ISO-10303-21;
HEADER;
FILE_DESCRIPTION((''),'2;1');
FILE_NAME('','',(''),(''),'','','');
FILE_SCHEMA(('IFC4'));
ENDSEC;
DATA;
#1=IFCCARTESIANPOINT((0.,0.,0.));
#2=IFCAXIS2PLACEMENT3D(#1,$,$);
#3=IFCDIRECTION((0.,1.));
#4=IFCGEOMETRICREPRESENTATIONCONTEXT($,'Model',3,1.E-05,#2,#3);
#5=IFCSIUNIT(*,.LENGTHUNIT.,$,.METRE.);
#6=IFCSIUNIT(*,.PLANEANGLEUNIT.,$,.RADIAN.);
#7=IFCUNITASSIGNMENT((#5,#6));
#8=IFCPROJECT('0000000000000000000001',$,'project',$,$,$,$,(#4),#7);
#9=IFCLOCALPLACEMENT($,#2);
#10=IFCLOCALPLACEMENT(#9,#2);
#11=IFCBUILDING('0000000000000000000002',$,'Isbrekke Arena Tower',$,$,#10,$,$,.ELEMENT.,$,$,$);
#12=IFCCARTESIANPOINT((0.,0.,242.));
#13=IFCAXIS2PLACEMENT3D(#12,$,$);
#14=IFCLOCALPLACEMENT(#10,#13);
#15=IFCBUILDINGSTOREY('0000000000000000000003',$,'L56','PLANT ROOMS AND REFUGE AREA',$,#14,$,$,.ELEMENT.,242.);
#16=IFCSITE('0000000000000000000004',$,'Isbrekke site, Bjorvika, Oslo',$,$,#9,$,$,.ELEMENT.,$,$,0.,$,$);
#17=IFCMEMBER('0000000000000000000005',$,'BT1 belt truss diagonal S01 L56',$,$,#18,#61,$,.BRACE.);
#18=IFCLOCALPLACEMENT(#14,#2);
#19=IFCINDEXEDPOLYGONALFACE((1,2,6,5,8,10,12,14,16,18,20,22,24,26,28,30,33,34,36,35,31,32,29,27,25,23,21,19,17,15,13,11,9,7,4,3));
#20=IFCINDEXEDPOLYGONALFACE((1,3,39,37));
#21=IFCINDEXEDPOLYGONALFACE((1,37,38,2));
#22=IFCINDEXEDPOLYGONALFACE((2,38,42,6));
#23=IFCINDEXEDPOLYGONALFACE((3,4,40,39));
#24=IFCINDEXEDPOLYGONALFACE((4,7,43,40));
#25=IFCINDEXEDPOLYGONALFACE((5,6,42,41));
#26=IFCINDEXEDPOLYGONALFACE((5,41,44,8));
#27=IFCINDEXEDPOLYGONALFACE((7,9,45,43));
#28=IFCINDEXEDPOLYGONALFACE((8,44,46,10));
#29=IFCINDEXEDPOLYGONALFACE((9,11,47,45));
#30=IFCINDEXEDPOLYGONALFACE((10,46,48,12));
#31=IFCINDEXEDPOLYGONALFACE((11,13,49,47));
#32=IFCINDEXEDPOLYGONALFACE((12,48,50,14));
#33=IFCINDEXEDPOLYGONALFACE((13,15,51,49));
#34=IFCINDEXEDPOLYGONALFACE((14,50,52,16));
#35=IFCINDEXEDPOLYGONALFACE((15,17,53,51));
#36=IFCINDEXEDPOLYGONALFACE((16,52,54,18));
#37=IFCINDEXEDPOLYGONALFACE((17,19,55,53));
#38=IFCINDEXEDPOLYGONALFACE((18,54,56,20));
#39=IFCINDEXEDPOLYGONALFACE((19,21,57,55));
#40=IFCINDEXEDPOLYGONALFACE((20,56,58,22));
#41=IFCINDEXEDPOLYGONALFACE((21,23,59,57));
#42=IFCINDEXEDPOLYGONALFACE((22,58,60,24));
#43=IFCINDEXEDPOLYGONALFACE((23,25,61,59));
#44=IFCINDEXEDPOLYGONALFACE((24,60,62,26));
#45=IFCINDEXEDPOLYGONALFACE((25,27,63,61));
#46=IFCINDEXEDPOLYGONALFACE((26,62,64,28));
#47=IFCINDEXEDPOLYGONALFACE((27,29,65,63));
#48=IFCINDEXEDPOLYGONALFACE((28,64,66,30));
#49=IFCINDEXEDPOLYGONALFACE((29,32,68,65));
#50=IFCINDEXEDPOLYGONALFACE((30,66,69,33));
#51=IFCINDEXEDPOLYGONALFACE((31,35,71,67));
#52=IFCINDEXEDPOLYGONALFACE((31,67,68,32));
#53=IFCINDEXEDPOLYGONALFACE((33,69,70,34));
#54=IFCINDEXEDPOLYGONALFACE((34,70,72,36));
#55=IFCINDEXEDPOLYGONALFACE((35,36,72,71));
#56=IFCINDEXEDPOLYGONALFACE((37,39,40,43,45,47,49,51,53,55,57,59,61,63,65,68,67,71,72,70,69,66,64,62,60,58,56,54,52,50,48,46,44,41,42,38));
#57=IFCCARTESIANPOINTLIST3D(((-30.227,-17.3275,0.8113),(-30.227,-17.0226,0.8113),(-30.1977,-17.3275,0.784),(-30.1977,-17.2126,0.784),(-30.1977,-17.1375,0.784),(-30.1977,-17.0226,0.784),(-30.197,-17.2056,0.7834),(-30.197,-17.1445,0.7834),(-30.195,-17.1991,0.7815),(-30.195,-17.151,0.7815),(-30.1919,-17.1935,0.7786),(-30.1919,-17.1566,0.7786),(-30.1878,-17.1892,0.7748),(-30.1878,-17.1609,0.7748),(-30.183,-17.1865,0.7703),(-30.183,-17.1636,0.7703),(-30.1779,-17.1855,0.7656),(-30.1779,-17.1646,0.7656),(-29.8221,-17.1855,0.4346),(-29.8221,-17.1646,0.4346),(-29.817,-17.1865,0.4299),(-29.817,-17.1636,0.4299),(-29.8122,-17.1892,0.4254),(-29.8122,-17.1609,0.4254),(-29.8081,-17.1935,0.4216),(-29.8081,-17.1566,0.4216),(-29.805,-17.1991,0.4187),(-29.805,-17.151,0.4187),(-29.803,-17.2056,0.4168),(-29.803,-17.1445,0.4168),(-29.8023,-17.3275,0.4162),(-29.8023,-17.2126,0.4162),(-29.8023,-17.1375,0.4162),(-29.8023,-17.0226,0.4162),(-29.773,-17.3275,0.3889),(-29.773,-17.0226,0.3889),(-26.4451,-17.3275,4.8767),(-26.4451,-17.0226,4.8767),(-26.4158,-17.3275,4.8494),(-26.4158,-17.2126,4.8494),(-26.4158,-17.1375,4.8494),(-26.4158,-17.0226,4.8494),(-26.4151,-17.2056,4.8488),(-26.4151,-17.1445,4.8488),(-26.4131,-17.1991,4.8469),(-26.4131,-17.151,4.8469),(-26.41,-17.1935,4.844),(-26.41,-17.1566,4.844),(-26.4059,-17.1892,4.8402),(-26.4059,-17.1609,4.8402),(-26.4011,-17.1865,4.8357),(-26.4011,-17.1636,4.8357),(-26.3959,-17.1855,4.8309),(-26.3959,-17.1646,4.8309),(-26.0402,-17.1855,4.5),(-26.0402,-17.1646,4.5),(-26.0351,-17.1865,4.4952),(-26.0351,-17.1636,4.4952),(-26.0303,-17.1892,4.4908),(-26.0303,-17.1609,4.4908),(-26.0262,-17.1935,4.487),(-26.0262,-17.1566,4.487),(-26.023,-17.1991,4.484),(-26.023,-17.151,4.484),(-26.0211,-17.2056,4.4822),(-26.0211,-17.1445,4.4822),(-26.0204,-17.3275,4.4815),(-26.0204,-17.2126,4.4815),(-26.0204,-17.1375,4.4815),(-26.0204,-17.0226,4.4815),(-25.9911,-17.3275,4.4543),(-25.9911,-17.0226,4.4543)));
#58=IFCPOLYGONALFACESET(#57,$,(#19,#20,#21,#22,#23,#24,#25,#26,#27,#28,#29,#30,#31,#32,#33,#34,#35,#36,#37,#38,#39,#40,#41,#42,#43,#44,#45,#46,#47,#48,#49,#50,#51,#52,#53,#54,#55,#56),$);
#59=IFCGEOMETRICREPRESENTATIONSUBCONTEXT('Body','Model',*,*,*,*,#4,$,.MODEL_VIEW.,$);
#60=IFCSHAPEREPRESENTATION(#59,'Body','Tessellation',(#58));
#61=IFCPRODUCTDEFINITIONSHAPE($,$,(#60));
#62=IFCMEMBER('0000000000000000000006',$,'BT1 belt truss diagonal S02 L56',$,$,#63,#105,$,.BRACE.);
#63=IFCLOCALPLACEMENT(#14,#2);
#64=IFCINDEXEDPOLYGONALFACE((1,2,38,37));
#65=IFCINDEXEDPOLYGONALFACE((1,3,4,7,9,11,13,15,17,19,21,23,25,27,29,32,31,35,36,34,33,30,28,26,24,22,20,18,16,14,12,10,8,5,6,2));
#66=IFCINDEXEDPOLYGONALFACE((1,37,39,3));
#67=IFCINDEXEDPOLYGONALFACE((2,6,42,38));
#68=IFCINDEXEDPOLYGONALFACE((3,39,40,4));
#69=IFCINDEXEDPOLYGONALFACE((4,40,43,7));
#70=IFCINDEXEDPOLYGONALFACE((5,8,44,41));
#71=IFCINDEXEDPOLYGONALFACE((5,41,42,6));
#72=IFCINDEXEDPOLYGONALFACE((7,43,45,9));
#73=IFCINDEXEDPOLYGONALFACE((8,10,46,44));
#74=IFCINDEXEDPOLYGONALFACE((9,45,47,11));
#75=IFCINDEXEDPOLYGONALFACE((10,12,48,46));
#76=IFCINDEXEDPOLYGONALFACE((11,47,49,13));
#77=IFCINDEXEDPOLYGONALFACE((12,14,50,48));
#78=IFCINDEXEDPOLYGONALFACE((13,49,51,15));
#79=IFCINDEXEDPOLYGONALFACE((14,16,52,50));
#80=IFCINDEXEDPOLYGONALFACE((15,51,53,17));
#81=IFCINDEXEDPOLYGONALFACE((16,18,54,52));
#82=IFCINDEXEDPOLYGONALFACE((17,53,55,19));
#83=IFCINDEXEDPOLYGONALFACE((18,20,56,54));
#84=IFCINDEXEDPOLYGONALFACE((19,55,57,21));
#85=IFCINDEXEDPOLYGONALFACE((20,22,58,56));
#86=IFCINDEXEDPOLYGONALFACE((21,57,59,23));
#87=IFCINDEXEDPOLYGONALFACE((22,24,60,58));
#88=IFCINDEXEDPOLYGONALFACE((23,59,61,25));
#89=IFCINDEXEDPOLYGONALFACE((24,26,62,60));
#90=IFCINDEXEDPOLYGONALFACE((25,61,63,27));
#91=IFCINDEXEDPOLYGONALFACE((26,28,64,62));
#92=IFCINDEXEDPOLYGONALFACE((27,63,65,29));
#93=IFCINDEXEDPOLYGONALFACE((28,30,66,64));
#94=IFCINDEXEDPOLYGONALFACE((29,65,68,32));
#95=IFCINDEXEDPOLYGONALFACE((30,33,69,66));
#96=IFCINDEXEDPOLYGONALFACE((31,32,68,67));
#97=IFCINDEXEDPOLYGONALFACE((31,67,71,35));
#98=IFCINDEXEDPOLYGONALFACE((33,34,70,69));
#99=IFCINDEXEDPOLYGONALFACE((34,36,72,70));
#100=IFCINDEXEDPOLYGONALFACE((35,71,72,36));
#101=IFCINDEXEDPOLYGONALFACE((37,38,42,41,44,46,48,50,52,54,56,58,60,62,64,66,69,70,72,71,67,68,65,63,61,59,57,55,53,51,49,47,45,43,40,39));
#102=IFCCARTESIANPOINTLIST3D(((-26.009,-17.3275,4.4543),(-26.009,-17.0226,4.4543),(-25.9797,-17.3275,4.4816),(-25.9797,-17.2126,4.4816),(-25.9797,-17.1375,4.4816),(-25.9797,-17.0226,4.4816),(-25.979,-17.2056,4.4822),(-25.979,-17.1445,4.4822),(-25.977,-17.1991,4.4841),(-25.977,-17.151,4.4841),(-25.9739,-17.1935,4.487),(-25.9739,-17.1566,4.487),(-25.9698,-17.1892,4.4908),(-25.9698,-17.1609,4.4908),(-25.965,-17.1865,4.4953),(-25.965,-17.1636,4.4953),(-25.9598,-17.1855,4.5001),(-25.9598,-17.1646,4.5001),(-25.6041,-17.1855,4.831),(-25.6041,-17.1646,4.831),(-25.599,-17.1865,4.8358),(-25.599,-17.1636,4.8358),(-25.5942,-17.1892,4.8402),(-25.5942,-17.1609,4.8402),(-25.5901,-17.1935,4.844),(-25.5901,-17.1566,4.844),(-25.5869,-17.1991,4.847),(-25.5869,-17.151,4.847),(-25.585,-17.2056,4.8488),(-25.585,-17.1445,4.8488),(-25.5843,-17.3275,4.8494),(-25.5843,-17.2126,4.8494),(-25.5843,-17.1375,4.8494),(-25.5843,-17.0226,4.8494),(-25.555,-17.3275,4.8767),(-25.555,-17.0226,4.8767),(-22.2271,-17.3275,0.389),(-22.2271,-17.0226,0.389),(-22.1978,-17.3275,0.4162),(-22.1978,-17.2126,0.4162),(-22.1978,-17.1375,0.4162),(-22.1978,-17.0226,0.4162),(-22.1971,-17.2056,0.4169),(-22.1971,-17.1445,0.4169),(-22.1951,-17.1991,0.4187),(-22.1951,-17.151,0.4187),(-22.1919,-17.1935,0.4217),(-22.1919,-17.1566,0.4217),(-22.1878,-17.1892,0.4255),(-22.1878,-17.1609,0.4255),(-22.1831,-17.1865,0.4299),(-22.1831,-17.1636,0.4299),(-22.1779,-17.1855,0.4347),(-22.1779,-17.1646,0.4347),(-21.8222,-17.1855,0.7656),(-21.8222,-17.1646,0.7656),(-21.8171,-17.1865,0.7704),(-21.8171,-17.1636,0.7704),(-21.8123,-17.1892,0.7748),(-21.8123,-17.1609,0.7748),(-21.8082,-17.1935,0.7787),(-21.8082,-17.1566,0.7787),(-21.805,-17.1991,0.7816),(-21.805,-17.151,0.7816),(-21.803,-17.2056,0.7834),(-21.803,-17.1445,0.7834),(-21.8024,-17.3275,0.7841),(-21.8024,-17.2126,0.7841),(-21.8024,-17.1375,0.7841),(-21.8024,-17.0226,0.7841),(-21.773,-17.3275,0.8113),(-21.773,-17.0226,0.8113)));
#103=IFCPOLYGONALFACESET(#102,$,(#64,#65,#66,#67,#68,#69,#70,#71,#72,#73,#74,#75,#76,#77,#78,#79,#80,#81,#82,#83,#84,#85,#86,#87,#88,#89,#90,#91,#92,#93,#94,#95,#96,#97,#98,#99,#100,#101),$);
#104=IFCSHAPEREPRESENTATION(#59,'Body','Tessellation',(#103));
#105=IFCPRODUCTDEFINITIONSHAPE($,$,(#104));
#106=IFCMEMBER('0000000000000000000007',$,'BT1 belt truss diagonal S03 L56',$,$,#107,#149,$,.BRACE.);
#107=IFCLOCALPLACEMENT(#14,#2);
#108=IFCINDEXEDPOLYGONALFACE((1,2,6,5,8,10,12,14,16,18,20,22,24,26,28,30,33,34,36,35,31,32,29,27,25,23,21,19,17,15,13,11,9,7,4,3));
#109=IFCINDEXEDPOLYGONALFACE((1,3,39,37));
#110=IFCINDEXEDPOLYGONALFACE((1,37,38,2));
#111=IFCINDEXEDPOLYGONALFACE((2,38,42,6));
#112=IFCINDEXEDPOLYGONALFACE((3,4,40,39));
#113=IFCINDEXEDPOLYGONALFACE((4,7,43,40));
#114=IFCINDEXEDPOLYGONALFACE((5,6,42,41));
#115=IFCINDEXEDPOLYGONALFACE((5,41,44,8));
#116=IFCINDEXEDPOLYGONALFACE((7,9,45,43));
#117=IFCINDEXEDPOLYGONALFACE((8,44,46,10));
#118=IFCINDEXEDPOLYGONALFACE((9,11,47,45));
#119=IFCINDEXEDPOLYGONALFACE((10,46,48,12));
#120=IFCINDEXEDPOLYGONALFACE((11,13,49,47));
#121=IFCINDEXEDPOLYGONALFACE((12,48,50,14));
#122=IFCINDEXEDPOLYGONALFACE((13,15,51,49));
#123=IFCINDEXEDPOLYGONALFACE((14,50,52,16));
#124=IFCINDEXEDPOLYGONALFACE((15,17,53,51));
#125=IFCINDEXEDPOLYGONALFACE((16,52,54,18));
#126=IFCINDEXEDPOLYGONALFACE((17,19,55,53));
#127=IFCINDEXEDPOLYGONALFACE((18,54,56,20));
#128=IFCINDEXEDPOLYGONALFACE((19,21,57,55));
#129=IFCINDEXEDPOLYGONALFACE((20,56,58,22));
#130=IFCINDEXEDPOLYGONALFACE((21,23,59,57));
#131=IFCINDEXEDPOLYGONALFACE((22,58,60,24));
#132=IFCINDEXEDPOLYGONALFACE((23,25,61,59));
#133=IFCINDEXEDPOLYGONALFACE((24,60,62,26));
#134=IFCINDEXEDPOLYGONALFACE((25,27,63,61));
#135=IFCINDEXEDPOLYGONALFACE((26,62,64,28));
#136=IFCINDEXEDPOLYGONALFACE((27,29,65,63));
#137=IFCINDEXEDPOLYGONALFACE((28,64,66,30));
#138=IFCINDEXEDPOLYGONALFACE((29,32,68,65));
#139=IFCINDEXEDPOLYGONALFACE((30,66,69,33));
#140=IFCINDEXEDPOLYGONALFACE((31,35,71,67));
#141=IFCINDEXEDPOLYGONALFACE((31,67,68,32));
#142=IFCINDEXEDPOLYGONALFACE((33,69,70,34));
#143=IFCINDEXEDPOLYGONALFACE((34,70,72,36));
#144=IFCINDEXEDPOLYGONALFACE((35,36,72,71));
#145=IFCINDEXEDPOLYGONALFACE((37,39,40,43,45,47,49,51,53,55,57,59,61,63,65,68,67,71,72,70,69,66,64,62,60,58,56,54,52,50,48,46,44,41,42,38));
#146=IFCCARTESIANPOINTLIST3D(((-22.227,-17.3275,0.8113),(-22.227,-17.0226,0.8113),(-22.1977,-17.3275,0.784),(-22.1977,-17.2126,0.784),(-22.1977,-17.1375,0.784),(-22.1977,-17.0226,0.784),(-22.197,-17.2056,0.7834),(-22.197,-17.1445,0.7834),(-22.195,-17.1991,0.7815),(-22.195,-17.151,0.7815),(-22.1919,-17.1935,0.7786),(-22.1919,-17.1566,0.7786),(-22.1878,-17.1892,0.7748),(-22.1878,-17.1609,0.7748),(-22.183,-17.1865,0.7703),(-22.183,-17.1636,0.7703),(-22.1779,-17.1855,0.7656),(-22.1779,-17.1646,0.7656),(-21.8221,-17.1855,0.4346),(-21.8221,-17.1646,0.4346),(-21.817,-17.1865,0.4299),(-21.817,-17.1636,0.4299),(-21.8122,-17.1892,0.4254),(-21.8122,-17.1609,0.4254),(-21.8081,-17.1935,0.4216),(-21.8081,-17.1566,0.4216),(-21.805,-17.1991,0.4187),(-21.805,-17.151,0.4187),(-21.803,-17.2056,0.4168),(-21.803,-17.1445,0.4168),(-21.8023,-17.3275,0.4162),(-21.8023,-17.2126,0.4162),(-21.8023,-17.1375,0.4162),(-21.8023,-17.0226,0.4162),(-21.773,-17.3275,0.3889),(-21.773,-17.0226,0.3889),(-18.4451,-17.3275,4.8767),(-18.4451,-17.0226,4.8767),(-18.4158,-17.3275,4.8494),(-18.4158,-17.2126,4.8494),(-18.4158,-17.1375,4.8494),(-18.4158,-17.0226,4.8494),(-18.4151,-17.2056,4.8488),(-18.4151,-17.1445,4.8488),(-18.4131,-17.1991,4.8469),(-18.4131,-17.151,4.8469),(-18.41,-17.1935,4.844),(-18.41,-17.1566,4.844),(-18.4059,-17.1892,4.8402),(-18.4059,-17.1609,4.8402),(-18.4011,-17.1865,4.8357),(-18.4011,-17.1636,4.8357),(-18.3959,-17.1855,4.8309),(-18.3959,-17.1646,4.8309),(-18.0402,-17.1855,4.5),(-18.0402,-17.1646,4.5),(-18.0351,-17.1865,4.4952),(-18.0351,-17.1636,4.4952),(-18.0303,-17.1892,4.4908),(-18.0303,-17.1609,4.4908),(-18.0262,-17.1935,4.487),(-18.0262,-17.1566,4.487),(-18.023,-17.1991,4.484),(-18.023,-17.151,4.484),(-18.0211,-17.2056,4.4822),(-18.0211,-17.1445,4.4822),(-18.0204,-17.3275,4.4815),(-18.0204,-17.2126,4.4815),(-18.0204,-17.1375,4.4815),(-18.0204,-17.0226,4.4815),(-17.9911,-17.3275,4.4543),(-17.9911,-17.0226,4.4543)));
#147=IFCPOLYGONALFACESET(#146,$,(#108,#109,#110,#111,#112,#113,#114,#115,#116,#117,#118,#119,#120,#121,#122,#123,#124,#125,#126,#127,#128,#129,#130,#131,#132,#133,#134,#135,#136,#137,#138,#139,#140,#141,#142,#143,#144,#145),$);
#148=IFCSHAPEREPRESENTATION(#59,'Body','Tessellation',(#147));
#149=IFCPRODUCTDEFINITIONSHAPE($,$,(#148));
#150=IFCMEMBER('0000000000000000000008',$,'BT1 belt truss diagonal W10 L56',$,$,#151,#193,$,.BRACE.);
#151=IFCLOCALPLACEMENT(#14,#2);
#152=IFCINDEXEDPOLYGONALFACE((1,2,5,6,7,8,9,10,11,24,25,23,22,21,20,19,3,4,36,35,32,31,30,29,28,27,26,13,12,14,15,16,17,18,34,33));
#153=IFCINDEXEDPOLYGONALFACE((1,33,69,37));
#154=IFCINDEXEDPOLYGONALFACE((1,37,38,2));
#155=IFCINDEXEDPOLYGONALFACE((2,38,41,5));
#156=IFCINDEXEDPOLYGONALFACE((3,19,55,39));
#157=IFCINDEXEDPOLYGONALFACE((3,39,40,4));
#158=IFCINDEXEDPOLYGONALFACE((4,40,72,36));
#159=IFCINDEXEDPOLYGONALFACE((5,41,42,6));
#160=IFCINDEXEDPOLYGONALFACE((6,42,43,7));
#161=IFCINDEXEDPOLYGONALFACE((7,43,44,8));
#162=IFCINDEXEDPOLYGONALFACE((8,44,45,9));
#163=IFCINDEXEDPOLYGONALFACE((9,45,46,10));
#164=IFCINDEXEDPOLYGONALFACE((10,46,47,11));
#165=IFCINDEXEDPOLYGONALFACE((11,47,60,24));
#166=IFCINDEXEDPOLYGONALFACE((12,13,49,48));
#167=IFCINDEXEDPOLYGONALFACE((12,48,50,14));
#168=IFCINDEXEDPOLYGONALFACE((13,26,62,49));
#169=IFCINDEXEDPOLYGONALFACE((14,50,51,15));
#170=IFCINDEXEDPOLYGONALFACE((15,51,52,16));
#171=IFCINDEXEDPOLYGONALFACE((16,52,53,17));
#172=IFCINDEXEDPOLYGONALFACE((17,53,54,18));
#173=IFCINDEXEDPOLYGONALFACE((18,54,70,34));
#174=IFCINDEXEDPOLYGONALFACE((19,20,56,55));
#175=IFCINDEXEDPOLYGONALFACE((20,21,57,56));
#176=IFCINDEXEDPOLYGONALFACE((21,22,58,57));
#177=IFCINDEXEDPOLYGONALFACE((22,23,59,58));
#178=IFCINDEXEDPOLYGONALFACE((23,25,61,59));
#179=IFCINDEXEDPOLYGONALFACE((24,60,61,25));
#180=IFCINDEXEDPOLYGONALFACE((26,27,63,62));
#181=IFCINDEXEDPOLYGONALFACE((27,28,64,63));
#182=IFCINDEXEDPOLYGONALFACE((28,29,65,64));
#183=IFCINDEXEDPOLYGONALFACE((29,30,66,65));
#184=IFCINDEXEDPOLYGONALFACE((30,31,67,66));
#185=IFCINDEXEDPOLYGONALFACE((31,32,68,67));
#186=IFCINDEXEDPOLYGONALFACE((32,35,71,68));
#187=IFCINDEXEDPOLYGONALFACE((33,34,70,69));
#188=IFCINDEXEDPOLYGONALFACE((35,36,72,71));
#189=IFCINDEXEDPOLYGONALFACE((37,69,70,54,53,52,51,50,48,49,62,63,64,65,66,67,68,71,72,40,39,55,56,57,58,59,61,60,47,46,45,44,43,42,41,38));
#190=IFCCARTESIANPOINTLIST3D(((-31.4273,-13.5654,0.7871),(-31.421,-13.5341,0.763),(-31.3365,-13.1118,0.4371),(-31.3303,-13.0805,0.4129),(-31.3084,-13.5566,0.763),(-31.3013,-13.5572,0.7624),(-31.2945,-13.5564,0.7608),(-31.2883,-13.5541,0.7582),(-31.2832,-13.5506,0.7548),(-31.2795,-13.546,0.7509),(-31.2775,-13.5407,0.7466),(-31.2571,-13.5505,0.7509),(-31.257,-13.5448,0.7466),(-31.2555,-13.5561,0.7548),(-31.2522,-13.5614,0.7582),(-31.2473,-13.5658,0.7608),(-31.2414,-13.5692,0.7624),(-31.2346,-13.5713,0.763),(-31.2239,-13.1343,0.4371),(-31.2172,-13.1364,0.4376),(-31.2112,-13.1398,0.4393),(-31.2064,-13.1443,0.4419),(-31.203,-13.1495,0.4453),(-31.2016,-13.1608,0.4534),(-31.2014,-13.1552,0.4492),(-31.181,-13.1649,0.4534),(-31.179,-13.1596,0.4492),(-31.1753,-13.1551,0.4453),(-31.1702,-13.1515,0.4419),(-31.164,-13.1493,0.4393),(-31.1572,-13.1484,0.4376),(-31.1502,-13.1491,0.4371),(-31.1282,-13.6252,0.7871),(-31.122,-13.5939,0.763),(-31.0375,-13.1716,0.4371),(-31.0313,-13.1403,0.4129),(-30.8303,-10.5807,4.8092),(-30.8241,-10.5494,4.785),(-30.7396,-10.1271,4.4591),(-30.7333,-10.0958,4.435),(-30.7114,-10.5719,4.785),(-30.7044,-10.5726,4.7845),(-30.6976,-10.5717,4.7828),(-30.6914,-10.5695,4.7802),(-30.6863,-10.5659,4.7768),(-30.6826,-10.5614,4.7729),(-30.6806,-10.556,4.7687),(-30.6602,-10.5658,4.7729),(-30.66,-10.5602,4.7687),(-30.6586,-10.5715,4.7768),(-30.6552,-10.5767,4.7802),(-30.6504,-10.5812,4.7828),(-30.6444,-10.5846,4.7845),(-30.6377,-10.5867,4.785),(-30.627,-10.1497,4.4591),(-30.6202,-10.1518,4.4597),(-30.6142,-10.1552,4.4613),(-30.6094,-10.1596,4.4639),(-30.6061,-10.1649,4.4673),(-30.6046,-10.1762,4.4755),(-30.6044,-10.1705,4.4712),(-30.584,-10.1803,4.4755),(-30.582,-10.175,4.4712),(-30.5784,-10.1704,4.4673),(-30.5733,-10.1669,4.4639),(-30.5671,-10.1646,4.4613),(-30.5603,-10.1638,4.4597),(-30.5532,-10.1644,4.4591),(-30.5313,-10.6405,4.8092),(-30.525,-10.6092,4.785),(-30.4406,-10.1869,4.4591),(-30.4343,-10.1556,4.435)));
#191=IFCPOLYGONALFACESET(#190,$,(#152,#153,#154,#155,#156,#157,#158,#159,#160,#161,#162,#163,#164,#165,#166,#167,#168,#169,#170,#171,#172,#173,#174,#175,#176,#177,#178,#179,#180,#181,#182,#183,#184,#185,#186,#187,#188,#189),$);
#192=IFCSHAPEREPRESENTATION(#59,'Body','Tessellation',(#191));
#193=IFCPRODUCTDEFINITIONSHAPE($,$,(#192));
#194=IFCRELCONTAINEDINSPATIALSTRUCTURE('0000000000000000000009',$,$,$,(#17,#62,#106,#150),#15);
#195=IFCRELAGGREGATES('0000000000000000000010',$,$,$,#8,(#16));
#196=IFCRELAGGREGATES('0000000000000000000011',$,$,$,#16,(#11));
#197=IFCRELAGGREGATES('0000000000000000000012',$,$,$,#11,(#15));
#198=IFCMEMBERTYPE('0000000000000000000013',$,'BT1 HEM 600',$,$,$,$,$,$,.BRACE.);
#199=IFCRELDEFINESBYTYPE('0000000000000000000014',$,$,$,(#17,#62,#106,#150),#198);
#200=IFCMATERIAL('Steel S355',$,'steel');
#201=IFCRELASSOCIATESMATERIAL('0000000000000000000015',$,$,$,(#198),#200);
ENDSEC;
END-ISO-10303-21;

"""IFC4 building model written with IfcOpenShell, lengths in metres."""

from ifc_helpers import new_model, si_unit, direction, frame, origin, origin_2d, place, context, subcontext, project, spatial, i_section, extrude, material, material_profile, profile_set, type_object, element, save


model = new_model("IFC4")

# Units and contexts
model_context = context("Model", 3, precision=1e-05, world=origin(), true_north=direction((0.0, 1.0)))
body_context = subcontext(model_context, "Body", "Model", "MODEL_VIEW")
ifc_project = project(units=[si_unit("LENGTHUNIT", "METRE"), si_unit("PLANEANGLEUNIT", "RADIAN")], contexts=[model_context])

# Site, building, storey
site_placement = place(None, origin())
site = spatial("IfcSite", under=ifc_project, at=site_placement, Name="Isbrekke site, Bjorvika, Oslo", CompositionType="ELEMENT", RefElevation=0.0)
building_placement = place(site_placement, origin())
building = spatial("IfcBuilding", under=site, at=building_placement, Name="Isbrekke Arena Tower", CompositionType="ELEMENT")
storey_placement = place(building_placement, frame((0.0, 0.0, 242.0)))
storey = spatial("IfcBuildingStorey", under=building, at=storey_placement, Name="L56", Description="PLANT ROOMS AND REFUGE AREA", CompositionType="ELEMENT", Elevation=242.0)

# Members
ifc_material_1 = material(Name="Steel S355", Category="steel")
ifc_material_profile_1 = material_profile(ifc_material_1, i_section(OverallWidth=0.3049, OverallDepth=0.6201, WebThickness=0.021, FlangeThickness=0.04, FilletRadius=0.0271, at=origin_2d()), Name="HEM 600")
ifc_profile_set_1 = profile_set([ifc_material_profile_1], Name="Steel S355")
member_type_1 = type_object("IfcMemberType", Name="BT1 HEM 600", PredefinedType="BRACE", material=ifc_profile_set_1)
for number, where, z_axis, x_axis, name in (
    (1, (-30.0, -17.175, 0.6001), (0.681122, 0.0, 0.73217), (0.0, 1.0, 0.0), "BT1 belt truss diagonal S01 L56"),
    (2, (-25.782, -17.175, 4.6655), (0.681122, 0.0, -0.73217), (0.0, 1.0, 0.0), "BT1 belt truss diagonal S02 L56"),
    (3, (-22.0, -17.175, 0.6001), (0.681122, 0.0, 0.73217), (0.0, 1.0, 0.0), "BT1 belt truss diagonal S03 L56"),
):
    element("IfcMember", number, at=place(storey_placement, frame(where, z_axis=z_axis, x_axis=x_axis)), inside=storey, type_object=member_type_1, Name=name, PredefinedType="BRACE", context=body_context, shape_type="SweptSolid", body=[
        extrude(i_section(OverallWidth=0.3049, OverallDepth=0.6201, WebThickness=0.021, FlangeThickness=0.04, FilletRadius=0.0271, at=origin_2d()), origin(), (0.0, 0.0, 1.0), 5.5525),
    ])
member_1_placement = place(storey_placement, frame((-30.6323, -10.3682, 4.6221), z_axis=(-0.118347, -0.591733, -0.7974), x_axis=(0.980581, -0.196116, 0.0)))
element("IfcMember", 4, at=member_1_placement, inside=storey, type_object=member_type_1, Name="BT1 belt truss diagonal W10 L56", PredefinedType="BRACE", context=body_context, shape_type="SweptSolid", body=[
    extrude(i_section(OverallWidth=0.3049, OverallDepth=0.6201, WebThickness=0.021, FlangeThickness=0.04, FilletRadius=0.0271, at=origin_2d()), origin(), (0.0, 0.0, 1.0), 5.0439),
])

save(model, "model.ifc")
